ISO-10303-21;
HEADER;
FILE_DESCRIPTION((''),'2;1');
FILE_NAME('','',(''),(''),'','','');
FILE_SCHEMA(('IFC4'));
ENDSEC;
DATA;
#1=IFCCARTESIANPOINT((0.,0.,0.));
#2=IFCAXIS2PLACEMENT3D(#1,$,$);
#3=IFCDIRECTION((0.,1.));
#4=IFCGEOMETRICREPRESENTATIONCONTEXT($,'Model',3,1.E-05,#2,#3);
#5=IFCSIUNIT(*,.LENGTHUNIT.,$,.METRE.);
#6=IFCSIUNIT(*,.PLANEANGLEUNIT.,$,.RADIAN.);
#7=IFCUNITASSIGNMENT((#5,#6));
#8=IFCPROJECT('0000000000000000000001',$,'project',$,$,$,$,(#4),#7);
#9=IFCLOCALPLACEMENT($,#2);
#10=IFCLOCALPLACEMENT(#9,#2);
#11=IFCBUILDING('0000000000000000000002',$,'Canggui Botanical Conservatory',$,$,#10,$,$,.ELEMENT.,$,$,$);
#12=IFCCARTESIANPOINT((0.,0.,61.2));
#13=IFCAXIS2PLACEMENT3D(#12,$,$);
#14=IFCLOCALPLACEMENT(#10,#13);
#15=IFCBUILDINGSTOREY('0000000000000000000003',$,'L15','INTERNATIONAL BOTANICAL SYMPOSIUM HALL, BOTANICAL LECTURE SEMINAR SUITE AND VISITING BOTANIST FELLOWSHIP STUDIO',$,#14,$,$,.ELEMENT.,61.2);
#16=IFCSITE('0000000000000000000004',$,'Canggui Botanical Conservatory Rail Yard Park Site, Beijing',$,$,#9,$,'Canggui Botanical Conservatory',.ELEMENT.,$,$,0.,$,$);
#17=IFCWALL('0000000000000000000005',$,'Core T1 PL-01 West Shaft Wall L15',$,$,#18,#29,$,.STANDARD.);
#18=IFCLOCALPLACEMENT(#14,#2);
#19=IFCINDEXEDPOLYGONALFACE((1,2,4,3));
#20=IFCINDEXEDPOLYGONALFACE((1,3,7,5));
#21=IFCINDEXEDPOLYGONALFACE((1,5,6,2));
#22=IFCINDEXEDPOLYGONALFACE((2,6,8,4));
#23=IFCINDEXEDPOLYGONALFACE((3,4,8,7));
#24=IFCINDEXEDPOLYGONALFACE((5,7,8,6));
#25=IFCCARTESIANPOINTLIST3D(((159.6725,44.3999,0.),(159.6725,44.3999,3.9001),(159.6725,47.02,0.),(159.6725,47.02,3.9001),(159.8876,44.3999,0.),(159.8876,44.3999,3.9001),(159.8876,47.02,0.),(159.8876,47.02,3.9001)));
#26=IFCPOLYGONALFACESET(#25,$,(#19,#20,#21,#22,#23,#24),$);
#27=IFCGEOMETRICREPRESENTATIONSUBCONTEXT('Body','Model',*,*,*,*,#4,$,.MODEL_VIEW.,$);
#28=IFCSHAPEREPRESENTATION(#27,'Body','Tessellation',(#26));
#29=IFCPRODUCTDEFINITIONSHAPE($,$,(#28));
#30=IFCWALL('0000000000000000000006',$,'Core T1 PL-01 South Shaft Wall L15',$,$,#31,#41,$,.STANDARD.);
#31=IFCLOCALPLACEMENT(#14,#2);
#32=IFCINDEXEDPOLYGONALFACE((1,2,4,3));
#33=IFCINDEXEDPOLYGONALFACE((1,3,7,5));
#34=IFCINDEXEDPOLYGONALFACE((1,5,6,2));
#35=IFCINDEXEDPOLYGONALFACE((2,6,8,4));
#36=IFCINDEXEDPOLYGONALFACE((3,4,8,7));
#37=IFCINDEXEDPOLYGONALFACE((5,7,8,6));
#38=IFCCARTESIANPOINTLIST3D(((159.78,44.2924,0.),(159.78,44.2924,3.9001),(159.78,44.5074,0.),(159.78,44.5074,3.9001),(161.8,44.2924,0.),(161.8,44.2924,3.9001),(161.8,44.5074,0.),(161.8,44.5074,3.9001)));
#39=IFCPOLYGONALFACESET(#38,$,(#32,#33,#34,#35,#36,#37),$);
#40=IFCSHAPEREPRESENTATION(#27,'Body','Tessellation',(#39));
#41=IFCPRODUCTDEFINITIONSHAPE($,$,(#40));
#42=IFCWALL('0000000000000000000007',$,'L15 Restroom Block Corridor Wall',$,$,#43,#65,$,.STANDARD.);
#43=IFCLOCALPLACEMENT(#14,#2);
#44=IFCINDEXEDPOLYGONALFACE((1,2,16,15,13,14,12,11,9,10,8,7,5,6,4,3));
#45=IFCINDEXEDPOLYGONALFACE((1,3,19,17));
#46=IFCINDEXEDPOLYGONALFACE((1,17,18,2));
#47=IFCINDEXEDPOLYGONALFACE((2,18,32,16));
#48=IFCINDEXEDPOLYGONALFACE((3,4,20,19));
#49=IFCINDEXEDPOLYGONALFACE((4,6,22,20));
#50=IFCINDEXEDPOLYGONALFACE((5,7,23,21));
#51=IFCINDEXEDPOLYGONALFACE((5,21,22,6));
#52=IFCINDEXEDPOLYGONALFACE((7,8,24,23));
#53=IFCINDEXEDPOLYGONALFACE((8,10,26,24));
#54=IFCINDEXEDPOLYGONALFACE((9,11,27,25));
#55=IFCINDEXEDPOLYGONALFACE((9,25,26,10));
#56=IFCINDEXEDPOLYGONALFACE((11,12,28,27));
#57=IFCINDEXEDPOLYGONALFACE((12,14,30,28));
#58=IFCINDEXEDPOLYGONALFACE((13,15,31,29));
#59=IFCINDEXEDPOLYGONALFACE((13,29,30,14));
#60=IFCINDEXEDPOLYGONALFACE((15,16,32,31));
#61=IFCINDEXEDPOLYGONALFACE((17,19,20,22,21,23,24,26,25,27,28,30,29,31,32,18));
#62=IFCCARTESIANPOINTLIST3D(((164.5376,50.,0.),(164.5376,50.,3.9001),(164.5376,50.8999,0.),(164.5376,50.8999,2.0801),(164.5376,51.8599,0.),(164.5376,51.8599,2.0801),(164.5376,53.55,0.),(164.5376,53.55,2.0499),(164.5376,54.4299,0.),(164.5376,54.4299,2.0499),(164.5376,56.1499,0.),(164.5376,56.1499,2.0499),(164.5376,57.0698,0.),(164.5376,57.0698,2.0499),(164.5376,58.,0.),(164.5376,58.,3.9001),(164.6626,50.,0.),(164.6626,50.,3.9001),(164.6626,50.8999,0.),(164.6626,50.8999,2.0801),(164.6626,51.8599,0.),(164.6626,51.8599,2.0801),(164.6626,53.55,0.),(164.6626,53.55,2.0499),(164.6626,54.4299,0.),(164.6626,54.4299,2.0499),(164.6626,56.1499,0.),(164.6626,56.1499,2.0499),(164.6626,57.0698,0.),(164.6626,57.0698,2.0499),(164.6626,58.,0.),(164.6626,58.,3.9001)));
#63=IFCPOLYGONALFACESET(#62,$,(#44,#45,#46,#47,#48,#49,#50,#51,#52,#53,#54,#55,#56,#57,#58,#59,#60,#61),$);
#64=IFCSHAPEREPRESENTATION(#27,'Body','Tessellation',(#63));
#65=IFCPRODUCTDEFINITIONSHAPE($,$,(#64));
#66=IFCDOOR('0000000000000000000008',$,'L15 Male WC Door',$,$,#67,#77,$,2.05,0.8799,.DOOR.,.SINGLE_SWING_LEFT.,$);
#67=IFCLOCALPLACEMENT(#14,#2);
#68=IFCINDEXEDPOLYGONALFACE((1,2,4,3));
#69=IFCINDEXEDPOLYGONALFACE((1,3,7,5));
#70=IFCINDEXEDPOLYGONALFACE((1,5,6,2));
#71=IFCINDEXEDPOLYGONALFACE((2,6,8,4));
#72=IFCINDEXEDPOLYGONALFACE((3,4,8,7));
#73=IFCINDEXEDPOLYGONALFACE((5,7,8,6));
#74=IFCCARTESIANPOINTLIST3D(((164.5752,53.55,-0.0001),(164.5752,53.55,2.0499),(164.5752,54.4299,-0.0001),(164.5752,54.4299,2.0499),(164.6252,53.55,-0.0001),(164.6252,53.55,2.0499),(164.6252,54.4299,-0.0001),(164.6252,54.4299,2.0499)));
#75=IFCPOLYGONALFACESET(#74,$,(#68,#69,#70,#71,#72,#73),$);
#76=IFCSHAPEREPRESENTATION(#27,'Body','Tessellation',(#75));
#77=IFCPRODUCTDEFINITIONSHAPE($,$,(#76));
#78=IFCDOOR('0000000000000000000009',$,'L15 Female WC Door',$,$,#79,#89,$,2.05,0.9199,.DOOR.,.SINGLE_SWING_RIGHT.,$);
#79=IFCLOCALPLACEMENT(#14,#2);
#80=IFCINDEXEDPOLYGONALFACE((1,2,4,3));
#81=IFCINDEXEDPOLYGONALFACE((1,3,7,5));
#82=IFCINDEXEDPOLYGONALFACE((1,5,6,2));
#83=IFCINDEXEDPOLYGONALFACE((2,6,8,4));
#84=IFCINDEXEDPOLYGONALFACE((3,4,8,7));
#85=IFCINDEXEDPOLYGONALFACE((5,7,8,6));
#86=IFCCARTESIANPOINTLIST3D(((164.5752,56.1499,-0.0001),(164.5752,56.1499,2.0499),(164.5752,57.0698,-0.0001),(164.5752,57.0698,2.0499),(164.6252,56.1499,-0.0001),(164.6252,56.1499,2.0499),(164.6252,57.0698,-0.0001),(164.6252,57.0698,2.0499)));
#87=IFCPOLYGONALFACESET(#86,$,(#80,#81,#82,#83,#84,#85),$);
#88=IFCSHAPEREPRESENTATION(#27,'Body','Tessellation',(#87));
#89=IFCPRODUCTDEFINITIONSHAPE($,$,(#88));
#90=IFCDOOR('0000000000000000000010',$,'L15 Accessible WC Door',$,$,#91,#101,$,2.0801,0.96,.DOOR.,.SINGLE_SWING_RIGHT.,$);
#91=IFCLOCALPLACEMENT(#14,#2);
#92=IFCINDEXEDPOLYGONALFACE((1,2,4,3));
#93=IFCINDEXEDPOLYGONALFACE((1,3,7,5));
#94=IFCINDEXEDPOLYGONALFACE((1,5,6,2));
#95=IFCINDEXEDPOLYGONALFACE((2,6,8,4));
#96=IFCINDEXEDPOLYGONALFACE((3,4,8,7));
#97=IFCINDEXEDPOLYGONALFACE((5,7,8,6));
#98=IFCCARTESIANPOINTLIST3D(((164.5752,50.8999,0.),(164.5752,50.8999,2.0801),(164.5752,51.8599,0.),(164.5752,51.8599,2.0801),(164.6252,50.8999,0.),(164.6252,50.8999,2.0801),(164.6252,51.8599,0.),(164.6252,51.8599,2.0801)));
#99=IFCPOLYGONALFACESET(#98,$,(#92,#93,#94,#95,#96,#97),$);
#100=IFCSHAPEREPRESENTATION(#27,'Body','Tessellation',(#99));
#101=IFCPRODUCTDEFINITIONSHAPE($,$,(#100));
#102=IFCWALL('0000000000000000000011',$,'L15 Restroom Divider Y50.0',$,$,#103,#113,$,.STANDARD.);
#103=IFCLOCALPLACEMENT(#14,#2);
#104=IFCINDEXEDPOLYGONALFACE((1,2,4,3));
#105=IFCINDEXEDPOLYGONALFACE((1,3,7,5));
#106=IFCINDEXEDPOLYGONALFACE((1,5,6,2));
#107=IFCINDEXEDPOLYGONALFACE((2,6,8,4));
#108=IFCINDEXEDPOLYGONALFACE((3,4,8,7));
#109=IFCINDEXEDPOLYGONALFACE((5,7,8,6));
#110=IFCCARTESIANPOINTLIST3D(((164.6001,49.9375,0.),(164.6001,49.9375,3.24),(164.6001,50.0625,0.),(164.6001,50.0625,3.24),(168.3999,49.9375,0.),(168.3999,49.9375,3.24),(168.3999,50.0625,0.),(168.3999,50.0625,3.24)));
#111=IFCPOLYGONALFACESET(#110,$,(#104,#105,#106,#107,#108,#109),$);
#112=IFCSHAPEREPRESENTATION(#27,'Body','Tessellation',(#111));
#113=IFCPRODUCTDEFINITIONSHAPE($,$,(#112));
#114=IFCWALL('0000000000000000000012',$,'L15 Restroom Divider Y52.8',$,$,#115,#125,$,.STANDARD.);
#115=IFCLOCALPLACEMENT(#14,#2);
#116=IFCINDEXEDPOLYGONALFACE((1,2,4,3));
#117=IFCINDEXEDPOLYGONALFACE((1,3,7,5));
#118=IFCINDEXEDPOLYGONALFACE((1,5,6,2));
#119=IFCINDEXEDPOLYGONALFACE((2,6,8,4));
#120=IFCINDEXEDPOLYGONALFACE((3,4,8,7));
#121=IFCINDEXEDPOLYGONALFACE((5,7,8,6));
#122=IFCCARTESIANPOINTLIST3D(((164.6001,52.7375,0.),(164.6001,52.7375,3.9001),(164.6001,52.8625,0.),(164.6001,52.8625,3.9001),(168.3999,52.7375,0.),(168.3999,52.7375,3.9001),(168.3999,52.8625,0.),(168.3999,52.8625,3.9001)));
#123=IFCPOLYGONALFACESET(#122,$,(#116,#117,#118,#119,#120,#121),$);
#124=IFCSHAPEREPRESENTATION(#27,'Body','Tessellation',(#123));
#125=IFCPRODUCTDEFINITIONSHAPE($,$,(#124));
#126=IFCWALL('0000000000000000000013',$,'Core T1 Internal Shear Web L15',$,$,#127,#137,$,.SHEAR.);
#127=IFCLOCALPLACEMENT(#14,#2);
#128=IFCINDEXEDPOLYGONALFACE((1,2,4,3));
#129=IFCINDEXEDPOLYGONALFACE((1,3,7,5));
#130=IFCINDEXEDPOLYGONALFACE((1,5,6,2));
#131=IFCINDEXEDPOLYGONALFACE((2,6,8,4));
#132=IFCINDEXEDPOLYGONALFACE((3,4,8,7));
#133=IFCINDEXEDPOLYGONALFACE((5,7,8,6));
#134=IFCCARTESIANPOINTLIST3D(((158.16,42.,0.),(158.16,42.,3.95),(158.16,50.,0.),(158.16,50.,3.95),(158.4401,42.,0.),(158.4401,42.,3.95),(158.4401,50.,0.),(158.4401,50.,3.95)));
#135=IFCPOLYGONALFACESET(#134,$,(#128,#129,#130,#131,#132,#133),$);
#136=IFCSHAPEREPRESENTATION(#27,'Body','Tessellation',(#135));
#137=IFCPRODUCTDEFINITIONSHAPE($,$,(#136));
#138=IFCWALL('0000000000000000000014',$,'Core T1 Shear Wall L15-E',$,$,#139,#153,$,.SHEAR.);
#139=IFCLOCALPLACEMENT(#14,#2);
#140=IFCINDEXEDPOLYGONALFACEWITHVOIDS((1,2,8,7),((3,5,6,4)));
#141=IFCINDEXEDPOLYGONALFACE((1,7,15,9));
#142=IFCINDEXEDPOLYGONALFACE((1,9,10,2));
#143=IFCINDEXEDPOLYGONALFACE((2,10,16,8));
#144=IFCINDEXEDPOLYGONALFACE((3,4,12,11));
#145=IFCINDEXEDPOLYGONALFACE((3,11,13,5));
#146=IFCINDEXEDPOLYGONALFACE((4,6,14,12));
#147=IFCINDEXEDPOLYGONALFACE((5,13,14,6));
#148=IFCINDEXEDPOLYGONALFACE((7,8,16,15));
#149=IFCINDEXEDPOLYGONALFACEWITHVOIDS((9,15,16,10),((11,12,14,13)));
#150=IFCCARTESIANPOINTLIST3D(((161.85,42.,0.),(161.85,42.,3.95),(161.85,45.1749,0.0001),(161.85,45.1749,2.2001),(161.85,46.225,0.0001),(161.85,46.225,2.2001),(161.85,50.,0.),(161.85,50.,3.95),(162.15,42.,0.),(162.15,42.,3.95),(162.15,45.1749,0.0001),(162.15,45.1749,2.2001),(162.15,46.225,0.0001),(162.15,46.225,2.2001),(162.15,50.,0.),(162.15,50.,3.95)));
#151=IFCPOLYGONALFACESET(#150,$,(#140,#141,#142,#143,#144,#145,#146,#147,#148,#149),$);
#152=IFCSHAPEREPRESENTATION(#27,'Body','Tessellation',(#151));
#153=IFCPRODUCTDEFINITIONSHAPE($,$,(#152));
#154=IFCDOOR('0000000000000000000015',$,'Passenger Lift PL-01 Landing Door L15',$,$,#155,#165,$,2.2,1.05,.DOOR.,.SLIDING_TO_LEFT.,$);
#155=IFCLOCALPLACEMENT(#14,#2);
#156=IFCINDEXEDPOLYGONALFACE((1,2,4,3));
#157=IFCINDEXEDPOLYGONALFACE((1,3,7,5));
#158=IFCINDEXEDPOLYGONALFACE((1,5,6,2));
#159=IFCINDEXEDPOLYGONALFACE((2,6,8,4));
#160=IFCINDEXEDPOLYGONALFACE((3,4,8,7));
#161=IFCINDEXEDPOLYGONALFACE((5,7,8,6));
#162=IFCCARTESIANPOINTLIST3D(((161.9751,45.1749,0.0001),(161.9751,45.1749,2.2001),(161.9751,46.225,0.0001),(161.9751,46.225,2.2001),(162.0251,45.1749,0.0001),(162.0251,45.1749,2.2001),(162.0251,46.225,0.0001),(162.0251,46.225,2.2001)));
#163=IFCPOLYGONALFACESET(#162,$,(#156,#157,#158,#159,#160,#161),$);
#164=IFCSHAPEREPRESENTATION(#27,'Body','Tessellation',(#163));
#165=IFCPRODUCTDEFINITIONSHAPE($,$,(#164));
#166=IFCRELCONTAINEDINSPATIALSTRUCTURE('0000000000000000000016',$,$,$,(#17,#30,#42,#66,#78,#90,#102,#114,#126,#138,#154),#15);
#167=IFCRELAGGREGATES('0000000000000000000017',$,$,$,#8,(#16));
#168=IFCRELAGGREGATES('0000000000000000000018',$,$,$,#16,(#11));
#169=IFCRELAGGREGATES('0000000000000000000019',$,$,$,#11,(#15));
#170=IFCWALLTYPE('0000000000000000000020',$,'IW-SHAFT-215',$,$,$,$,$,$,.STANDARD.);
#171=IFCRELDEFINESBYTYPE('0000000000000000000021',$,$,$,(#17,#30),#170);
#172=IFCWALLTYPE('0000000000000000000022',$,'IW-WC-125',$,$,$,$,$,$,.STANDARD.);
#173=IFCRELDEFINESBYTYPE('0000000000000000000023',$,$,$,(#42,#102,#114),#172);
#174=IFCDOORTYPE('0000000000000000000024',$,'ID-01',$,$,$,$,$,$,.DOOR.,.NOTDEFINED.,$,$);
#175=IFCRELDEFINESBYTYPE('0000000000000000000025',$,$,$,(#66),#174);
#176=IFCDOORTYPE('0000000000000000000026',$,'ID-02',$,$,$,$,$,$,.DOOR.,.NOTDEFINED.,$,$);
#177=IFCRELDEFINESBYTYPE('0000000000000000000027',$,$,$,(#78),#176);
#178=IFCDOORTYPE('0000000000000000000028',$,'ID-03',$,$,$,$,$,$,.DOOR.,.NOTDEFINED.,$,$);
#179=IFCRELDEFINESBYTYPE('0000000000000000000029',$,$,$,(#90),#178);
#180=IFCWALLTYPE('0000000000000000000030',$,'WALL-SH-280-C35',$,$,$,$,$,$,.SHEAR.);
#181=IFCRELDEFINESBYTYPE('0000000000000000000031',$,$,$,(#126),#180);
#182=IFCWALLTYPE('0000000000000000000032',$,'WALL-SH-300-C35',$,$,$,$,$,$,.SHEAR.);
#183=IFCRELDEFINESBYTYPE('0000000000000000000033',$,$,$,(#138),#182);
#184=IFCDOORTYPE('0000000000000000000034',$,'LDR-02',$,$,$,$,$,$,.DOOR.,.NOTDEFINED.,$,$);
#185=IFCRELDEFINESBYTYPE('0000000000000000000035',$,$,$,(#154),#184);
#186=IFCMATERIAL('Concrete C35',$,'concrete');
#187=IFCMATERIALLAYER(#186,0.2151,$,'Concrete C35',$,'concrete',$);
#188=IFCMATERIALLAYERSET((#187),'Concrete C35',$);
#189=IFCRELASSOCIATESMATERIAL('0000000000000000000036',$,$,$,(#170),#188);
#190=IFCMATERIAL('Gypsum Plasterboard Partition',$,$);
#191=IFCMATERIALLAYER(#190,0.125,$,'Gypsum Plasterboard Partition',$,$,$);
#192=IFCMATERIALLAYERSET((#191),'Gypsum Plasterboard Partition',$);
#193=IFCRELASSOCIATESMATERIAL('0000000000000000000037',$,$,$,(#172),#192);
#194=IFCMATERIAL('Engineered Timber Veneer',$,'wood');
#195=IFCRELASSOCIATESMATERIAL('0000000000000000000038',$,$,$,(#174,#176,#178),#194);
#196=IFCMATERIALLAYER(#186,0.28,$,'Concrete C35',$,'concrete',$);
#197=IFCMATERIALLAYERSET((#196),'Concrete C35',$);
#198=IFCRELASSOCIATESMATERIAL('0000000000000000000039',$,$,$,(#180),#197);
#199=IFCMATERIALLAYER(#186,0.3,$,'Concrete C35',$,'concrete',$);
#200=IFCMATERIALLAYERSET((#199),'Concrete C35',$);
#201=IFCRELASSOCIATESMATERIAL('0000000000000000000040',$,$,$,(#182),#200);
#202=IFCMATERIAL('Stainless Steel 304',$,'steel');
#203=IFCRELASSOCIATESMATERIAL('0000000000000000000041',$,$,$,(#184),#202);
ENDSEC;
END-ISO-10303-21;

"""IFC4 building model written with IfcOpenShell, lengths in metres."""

from ifc_helpers import new_model, si_unit, direction, frame, frame_2d, origin, place, context, subcontext, project, spatial, rectangle, extrude, material, layer, layer_set, type_object, element, fill, save


model = new_model("IFC4")

# Units and contexts
model_context = context("Model", 3, precision=1e-05, world=origin(), true_north=direction((0.0, 1.0)))
body_context = subcontext(model_context, "Body", "Model", "MODEL_VIEW")
ifc_project = project(units=[si_unit("LENGTHUNIT", "METRE"), si_unit("PLANEANGLEUNIT", "RADIAN")], contexts=[model_context])

# Site, building, storey
site_placement = place(None, origin())
site = spatial("IfcSite", under=ifc_project, at=site_placement, Name="Canggui Botanical Conservatory Rail Yard Park Site, Beijing", LongName="Canggui Botanical Conservatory", CompositionType="ELEMENT", RefElevation=0.0)
building_placement = place(site_placement, origin())
building = spatial("IfcBuilding", under=site, at=building_placement, Name="Canggui Botanical Conservatory", CompositionType="ELEMENT")
storey_placement = place(building_placement, frame((0.0, 0.0, 61.2)))
storey = spatial("IfcBuildingStorey", under=building, at=storey_placement, Name="L15", Description="INTERNATIONAL BOTANICAL SYMPOSIUM HALL, BOTANICAL LECTURE SEMINAR SUITE AND VISITING BOTANIST FELLOWSHIP STUDIO", CompositionType="ELEMENT", Elevation=61.2)

# Shared definitions
ifc_material_1 = material(Name="Concrete C35", Category="concrete")

# Shared definitions
ifc_material_2 = material(Name="Gypsum Plasterboard Partition")

# Walls
ifc_layer_1 = layer(ifc_material_1, 0.2151, Name="Concrete C35", Category="concrete")
ifc_layer_set_1 = layer_set([ifc_layer_1], Name="Concrete C35")
wall_type_1 = type_object("IfcWallType", Name="IW-SHAFT-215", PredefinedType="STANDARD", material=ifc_layer_set_1)
wall_1_placement = place(storey_placement, frame((159.78, 44.3999, 0.0), z_axis=(0.0, 0.0, 1.0), x_axis=(0.0, 1.0, 0.0)))
element("IfcWall", 1, at=wall_1_placement, inside=storey, type_object=wall_type_1, Name="Core T1 PL-01 West Shaft Wall L15", PredefinedType="STANDARD", context=body_context, shape_type="SweptSolid", body=[
    extrude(rectangle(XDim=2.6201, YDim=0.2151, at=frame_2d((1.3101, 0.0))), origin(), (0.0, 0.0, 1.0), 3.9001),
])
wall_2_placement = place(storey_placement, frame((159.78, 44.3999, 0.0), z_axis=(0.0, 0.0, 1.0), x_axis=(1.0, 0.0, 0.0)))
element("IfcWall", 2, at=wall_2_placement, inside=storey, type_object=wall_type_1, Name="Core T1 PL-01 South Shaft Wall L15", PredefinedType="STANDARD", context=body_context, shape_type="SweptSolid", body=[
    extrude(rectangle(XDim=2.02, YDim=0.2151, at=frame_2d((1.01, 0.0))), origin(), (0.0, 0.0, 1.0), 3.9001),
])

# Wall, openings, doors
ifc_layer_2 = layer(ifc_material_2, 0.125, Name="Gypsum Plasterboard Partition")
ifc_layer_set_2 = layer_set([ifc_layer_2], Name="Gypsum Plasterboard Partition")
wall_type_2 = type_object("IfcWallType", Name="IW-WC-125", PredefinedType="STANDARD", material=ifc_layer_set_2)
wall_3_placement = place(storey_placement, frame((164.6001, 50.0, 0.0), z_axis=(0.0, 0.0, 1.0), x_axis=(0.0, 1.0, 0.0)))
wall_3 = element("IfcWall", 3, at=wall_3_placement, inside=storey, type_object=wall_type_2, Name="L15 Restroom Block Corridor Wall", PredefinedType="STANDARD", context=body_context, shape_type="SweptSolid", body=[
    extrude(rectangle(XDim=8.0, YDim=0.125, at=frame_2d((4.0, 0.0))), origin(), (0.0, 0.0, 1.0), 3.9001),
])
opening_1_placement = place(wall_3_placement, frame((0.8999, 0.0, 0.0)))
opening_1 = element("IfcOpeningElement", 4, at=opening_1_placement, cuts=wall_3, PredefinedType="OPENING", context=body_context, shape_type="SweptSolid", body=[
    extrude(rectangle(XDim=0.96, YDim=2.0801, at=frame_2d((0.48, 1.04))), frame((0.0, 0.0725, 0.0), z_axis=(0.0, -1.0, 0.0), x_axis=(1.0, 0.0, 0.0)), (0.0, 0.0, 1.0), 0.145),
])
opening_2_placement = place(wall_3_placement, frame((3.55, 0.0, 0.0)))
opening_2 = element("IfcOpeningElement", 5, at=opening_2_placement, cuts=wall_3, PredefinedType="OPENING", context=body_context, shape_type="SweptSolid", body=[
    extrude(rectangle(XDim=0.8799, YDim=2.05, at=frame_2d((0.4399, 1.0249))), frame((0.0, 0.0725, 0.0), z_axis=(0.0, -1.0, 0.0), x_axis=(1.0, 0.0, 0.0)), (0.0, 0.0, 1.0), 0.145),
])
opening_3_placement = place(wall_3_placement, frame((6.1499, 0.0, 0.0)))
opening_3 = element("IfcOpeningElement", 6, at=opening_3_placement, cuts=wall_3, PredefinedType="OPENING", context=body_context, shape_type="SweptSolid", body=[
    extrude(rectangle(XDim=0.9199, YDim=2.05, at=frame_2d((0.46, 1.0249))), frame((0.0, 0.0725, 0.0), z_axis=(0.0, -1.0, 0.0), x_axis=(1.0, 0.0, 0.0)), (0.0, 0.0, 1.0), 0.145),
])
ifc_material_3 = material(Name="Engineered Timber Veneer", Category="wood")
door_type_1 = type_object("IfcDoorType", Name="ID-01", OperationType="NOTDEFINED", PredefinedType="DOOR", material=ifc_material_3)
door_1_placement = place(opening_2_placement, origin())
door_1 = element("IfcDoor", 7, at=door_1_placement, inside=storey, type_object=door_type_1, Name="L15 Male WC Door", OperationType="SINGLE_SWING_LEFT", OverallHeight=2.05, OverallWidth=0.8799, PredefinedType="DOOR", context=body_context, shape_type="SweptSolid", body=[
    extrude(rectangle(XDim=0.8799, YDim=2.05, at=frame_2d((0.4399, 1.0249))), frame((0.0, 0.0249, 0.0), z_axis=(0.0, -1.0, 0.0), x_axis=(1.0, 0.0, 0.0)), (0.0, 0.0, 1.0), 0.05),
])
fill(opening_2, door_1)
door_type_2 = type_object("IfcDoorType", Name="ID-02", OperationType="NOTDEFINED", PredefinedType="DOOR", material=ifc_material_3)
door_2_placement = place(opening_3_placement, origin())
door_2 = element("IfcDoor", 8, at=door_2_placement, inside=storey, type_object=door_type_2, Name="L15 Female WC Door", OperationType="SINGLE_SWING_RIGHT", OverallHeight=2.05, OverallWidth=0.9199, PredefinedType="DOOR", context=body_context, shape_type="SweptSolid", body=[
    extrude(rectangle(XDim=0.9199, YDim=2.05, at=frame_2d((0.46, 1.0249))), frame((0.0, 0.0249, 0.0), z_axis=(0.0, -1.0, 0.0), x_axis=(1.0, 0.0, 0.0)), (0.0, 0.0, 1.0), 0.05),
])
fill(opening_3, door_2)
door_type_3 = type_object("IfcDoorType", Name="ID-03", OperationType="NOTDEFINED", PredefinedType="DOOR", material=ifc_material_3)
door_3_placement = place(opening_1_placement, origin())
door_3 = element("IfcDoor", 9, at=door_3_placement, inside=storey, type_object=door_type_3, Name="L15 Accessible WC Door", OperationType="SINGLE_SWING_RIGHT", OverallHeight=2.0801, OverallWidth=0.96, PredefinedType="DOOR", context=body_context, shape_type="SweptSolid", body=[
    extrude(rectangle(XDim=0.96, YDim=2.0801, at=frame_2d((0.48, 1.04))), frame((0.0, 0.0249, 0.0), z_axis=(0.0, -1.0, 0.0), x_axis=(1.0, 0.0, 0.0)), (0.0, 0.0, 1.0), 0.05),
])
fill(opening_1, door_3)

# Walls
wall_4_placement = place(storey_placement, frame((164.6001, 50.0, 0.0), z_axis=(0.0, 0.0, 1.0), x_axis=(1.0, 0.0, 0.0)))
element("IfcWall", 10, at=wall_4_placement, inside=storey, type_object=wall_type_2, Name="L15 Restroom Divider Y50.0", PredefinedType="STANDARD", context=body_context, shape_type="SweptSolid", body=[
    extrude(rectangle(XDim=3.7998, YDim=0.125, at=frame_2d((1.8999, 0.0))), origin(), (0.0, 0.0, 1.0), 3.24),
])
wall_5_placement = place(storey_placement, frame((164.6001, 52.8, 0.0), z_axis=(0.0, 0.0, 1.0), x_axis=(1.0, 0.0, 0.0)))
element("IfcWall", 11, at=wall_5_placement, inside=storey, type_object=wall_type_2, Name="L15 Restroom Divider Y52.8", PredefinedType="STANDARD", context=body_context, shape_type="SweptSolid", body=[
    extrude(rectangle(XDim=3.7998, YDim=0.125, at=frame_2d((1.8999, 0.0))), origin(), (0.0, 0.0, 1.0), 3.9001),
])
ifc_layer_3 = layer(ifc_material_1, 0.28, Name="Concrete C35", Category="concrete")
ifc_layer_set_3 = layer_set([ifc_layer_3], Name="Concrete C35")
wall_type_3 = type_object("IfcWallType", Name="WALL-SH-280-C35", PredefinedType="SHEAR", material=ifc_layer_set_3)
wall_6_placement = place(storey_placement, frame((158.3, 42.0, 0.0), z_axis=(0.0, 0.0, 1.0), x_axis=(0.0, 1.0, 0.0)))
element("IfcWall", 12, at=wall_6_placement, inside=storey, type_object=wall_type_3, Name="Core T1 Internal Shear Web L15", PredefinedType="SHEAR", context=body_context, shape_type="SweptSolid", body=[
    extrude(rectangle(XDim=8.0, YDim=0.28, at=frame_2d((4.0, 0.0))), origin(), (0.0, 0.0, 1.0), 3.95),
])

# Wall, opening, door
ifc_layer_4 = layer(ifc_material_1, 0.3, Name="Concrete C35", Category="concrete")
ifc_layer_set_4 = layer_set([ifc_layer_4], Name="Concrete C35")
wall_type_4 = type_object("IfcWallType", Name="WALL-SH-300-C35", PredefinedType="SHEAR", material=ifc_layer_set_4)
wall_7_placement = place(storey_placement, frame((162.0, 42.0, 0.0), z_axis=(0.0, 0.0, 1.0), x_axis=(0.0, 1.0, 0.0)))
wall_7 = element("IfcWall", 13, at=wall_7_placement, inside=storey, type_object=wall_type_4, Name="Core T1 Shear Wall L15-E", PredefinedType="SHEAR", context=body_context, shape_type="SweptSolid", body=[
    extrude(rectangle(XDim=8.0, YDim=0.3, at=frame_2d((4.0, 0.0))), origin(), (0.0, 0.0, 1.0), 3.95),
])
opening_4_placement = place(wall_7_placement, frame((3.175, 0.0, 0.0)))
opening_4 = element("IfcOpeningElement", 14, at=opening_4_placement, cuts=wall_7, PredefinedType="OPENING", context=body_context, shape_type="SweptSolid", body=[
    extrude(rectangle(XDim=1.05, YDim=2.2, at=frame_2d((0.5249, 1.1001))), frame((0.0, 0.1602, 0.0), z_axis=(0.0, -1.0, 0.0), x_axis=(1.0, 0.0, 0.0)), (0.0, 0.0, 1.0), 0.3201),
])
ifc_material_4 = material(Name="Stainless Steel 304", Category="steel")
door_type_4 = type_object("IfcDoorType", Name="LDR-02", OperationType="NOTDEFINED", PredefinedType="DOOR", material=ifc_material_4)
door_4_placement = place(opening_4_placement, origin())
door_4 = element("IfcDoor", 15, at=door_4_placement, inside=storey, type_object=door_type_4, Name="Passenger Lift PL-01 Landing Door L15", OperationType="SLIDING_TO_LEFT", OverallHeight=2.2, OverallWidth=1.05, PredefinedType="DOOR", context=body_context, shape_type="SweptSolid", body=[
    extrude(rectangle(XDim=1.05, YDim=2.2, at=frame_2d((0.5249, 1.1001))), frame((0.0, 0.0249, 0.0), z_axis=(0.0, -1.0, 0.0), x_axis=(1.0, 0.0, 0.0)), (0.0, 0.0, 1.0), 0.05),
])
fill(opening_4, door_4)

save(model, "model.ifc")
